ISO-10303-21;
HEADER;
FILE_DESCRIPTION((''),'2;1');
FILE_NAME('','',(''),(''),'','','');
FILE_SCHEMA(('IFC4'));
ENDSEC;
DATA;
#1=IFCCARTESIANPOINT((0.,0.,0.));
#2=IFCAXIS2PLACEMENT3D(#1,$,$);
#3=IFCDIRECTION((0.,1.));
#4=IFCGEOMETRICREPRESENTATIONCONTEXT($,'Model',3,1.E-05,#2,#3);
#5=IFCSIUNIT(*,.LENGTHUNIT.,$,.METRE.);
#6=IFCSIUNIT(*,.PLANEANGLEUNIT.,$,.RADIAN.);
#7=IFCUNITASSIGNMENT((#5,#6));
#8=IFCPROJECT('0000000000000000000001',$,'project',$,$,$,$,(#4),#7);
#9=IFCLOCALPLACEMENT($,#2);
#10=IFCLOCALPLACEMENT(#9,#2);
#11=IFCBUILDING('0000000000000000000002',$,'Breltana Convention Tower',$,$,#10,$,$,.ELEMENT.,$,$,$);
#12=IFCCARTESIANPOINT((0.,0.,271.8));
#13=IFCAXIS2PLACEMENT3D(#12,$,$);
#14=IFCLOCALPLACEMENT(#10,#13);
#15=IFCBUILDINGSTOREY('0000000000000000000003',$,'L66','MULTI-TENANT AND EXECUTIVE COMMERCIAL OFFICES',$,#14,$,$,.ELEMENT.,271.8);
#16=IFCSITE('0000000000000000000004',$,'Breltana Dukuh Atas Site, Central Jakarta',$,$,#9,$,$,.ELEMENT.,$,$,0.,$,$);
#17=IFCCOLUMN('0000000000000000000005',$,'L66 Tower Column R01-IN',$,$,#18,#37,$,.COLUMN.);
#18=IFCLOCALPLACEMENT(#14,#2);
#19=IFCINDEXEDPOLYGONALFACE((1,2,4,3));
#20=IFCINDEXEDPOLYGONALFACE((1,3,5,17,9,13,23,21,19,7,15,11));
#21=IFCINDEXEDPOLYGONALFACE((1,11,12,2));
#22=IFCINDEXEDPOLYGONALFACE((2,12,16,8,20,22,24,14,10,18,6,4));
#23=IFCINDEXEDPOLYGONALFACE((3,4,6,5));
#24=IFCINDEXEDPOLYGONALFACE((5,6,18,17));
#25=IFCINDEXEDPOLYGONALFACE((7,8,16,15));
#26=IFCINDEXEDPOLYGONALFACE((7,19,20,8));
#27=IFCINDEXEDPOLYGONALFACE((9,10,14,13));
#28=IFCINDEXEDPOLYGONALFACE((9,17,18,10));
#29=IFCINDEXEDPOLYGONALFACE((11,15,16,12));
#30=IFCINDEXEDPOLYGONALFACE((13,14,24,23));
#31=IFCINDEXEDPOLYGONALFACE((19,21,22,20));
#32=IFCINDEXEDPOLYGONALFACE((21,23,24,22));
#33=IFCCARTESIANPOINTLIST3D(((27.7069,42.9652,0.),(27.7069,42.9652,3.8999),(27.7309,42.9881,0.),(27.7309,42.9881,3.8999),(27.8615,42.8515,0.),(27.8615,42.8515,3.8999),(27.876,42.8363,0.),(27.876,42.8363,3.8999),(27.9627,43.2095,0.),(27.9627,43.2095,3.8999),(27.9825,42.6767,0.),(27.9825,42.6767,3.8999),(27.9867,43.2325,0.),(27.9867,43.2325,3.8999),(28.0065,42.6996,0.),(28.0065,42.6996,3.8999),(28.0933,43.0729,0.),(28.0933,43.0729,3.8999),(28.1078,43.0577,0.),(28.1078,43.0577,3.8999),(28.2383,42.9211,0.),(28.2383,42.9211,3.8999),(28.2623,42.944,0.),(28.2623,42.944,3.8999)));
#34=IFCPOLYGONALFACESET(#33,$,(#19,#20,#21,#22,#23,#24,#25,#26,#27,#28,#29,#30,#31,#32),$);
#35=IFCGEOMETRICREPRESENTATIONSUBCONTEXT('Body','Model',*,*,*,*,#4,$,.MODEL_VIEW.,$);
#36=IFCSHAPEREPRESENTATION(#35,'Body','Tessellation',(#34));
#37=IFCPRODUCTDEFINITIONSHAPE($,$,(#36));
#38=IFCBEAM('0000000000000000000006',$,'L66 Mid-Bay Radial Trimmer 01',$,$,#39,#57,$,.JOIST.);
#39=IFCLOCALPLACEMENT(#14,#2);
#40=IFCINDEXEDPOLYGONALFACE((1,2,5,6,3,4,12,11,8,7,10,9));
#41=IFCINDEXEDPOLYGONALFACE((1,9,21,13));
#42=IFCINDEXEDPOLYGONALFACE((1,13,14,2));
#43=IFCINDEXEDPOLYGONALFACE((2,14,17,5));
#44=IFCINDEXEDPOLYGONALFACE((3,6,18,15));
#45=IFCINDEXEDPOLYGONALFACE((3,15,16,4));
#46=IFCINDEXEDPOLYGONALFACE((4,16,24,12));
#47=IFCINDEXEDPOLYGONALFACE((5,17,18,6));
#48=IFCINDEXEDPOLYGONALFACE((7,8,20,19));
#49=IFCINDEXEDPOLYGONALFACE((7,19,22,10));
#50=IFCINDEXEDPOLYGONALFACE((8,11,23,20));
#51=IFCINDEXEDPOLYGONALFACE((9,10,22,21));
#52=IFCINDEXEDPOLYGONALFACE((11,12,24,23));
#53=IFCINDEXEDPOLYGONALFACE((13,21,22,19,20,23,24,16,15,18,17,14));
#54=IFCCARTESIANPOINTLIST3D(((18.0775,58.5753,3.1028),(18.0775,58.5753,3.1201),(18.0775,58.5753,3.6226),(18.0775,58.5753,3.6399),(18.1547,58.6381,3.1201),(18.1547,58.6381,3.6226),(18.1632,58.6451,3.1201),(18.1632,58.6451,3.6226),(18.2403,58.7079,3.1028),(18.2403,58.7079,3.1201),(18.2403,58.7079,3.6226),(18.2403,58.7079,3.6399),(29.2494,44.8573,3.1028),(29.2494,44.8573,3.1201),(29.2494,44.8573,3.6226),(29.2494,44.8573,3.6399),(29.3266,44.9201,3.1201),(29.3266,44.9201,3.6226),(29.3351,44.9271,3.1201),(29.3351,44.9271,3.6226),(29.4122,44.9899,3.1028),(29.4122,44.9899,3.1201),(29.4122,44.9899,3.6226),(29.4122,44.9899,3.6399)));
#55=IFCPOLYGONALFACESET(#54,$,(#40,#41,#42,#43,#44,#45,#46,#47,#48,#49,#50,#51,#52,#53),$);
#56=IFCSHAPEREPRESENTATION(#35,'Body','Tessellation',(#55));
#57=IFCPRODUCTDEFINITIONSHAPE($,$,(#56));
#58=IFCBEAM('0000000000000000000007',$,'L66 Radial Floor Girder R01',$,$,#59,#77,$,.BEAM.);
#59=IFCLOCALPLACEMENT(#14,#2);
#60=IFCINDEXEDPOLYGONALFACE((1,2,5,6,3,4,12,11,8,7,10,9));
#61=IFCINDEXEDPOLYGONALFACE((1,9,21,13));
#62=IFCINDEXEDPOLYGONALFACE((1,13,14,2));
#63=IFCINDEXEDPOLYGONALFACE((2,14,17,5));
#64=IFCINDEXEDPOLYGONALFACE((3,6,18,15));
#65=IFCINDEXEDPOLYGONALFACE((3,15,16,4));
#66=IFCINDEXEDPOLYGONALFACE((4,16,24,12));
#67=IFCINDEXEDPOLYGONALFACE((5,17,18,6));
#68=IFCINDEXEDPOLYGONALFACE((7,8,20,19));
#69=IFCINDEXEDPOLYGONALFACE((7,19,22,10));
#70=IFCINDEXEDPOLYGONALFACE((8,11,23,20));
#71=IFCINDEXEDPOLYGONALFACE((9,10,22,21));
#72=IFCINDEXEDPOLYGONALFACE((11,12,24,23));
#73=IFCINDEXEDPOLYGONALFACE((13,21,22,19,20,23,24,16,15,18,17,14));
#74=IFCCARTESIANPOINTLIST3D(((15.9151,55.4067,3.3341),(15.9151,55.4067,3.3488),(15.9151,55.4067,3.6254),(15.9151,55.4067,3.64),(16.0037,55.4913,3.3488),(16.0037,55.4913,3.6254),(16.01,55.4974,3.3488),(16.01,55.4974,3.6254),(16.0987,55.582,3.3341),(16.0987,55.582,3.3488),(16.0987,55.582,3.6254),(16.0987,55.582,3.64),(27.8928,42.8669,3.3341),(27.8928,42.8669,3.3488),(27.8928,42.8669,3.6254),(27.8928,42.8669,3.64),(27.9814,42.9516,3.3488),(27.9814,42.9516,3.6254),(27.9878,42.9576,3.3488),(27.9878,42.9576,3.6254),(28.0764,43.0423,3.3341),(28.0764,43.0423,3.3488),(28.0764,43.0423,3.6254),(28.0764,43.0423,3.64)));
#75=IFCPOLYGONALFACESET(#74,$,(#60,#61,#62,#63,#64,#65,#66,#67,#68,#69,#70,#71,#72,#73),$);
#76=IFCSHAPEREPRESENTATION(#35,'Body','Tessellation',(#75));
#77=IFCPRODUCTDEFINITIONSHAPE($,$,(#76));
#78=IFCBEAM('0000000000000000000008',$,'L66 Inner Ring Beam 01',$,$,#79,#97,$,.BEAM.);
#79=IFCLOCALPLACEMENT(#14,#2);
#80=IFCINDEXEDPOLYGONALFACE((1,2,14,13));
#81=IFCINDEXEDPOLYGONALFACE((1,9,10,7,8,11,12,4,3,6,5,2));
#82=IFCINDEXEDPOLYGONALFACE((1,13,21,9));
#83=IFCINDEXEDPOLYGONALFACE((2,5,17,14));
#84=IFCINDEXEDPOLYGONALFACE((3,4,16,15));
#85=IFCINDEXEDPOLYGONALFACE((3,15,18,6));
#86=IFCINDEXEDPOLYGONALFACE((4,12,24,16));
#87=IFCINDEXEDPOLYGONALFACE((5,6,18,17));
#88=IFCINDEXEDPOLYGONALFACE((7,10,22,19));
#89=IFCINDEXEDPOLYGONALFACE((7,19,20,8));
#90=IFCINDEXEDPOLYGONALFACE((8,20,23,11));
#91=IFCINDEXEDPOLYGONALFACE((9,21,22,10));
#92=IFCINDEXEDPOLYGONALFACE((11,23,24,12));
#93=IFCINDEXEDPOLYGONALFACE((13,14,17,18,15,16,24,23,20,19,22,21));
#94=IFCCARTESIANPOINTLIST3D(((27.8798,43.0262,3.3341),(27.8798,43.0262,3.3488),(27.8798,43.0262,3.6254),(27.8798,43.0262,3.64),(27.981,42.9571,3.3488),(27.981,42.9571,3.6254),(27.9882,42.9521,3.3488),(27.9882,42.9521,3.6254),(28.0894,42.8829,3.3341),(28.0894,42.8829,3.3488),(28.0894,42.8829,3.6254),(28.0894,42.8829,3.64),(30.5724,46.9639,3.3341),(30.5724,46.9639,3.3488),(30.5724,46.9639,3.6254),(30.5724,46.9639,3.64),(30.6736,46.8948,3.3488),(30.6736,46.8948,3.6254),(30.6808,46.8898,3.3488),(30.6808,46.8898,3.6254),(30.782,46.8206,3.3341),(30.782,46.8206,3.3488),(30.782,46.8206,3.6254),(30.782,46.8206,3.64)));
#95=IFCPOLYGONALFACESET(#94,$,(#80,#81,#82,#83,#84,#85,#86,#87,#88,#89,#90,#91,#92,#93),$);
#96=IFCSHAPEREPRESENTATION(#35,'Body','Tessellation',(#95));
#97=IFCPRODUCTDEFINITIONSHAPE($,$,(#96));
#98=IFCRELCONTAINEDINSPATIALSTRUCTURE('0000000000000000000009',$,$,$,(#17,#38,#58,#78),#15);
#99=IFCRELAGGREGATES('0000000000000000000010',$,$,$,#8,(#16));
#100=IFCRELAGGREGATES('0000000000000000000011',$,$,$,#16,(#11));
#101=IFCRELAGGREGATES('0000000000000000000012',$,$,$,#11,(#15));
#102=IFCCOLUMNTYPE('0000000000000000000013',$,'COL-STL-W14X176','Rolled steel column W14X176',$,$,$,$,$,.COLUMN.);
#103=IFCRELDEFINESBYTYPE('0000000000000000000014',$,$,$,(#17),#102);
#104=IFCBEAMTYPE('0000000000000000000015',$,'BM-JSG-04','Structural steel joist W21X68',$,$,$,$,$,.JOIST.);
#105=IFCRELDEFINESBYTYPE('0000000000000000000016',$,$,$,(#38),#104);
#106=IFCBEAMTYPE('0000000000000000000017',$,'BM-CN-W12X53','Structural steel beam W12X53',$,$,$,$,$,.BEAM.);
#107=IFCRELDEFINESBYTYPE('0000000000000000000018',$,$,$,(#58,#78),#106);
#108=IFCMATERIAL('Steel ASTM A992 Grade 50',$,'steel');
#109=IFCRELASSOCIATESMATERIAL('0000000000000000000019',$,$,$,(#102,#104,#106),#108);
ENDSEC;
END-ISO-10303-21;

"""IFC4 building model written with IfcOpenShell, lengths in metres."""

from ifc_helpers import new_model, si_unit, direction, frame, origin, origin_2d, place, context, subcontext, project, spatial, i_section, extrude, source, transform, mapped, material, material_profile, profile_set, type_object, type_shapes, element, save


model = new_model("IFC4")

# Units and contexts
model_context = context("Model", 3, precision=1e-05, world=origin(), true_north=direction((0.0, 1.0)))
body_context = subcontext(model_context, "Body", "Model", "MODEL_VIEW")
ifc_project = project(units=[si_unit("LENGTHUNIT", "METRE"), si_unit("PLANEANGLEUNIT", "RADIAN")], contexts=[model_context])

# Site, building, storey
site_placement = place(None, origin())
site = spatial("IfcSite", under=ifc_project, at=site_placement, Name="Breltana Dukuh Atas Site, Central Jakarta", CompositionType="ELEMENT", RefElevation=0.0)
building_placement = place(site_placement, origin())
building = spatial("IfcBuilding", under=site, at=building_placement, Name="Breltana Convention Tower", CompositionType="ELEMENT")
storey_placement = place(building_placement, frame((0.0, 0.0, 271.8)))
storey = spatial("IfcBuildingStorey", under=building, at=storey_placement, Name="L66", Description="MULTI-TENANT AND EXECUTIVE COMMERCIAL OFFICES", CompositionType="ELEMENT", Elevation=271.8)

# Column
ifc_material_1 = material(Name="Steel ASTM A992 Grade 50", Category="steel")
ifc_material_profile_1 = material_profile(ifc_material_1, i_section(OverallWidth=0.3989, OverallDepth=0.387, WebThickness=0.021, FlangeThickness=0.0332, at=origin_2d()), Name="W14X176")
ifc_profile_set_1 = profile_set([ifc_material_profile_1], Name="Steel ASTM A992 Grade 50")
column_type = type_object("IfcColumnType", Name="COL-STL-W14X176", Description="Rolled steel column W14X176", PredefinedType="COLUMN", material=ifc_profile_set_1)
shared_shape_1 = source(origin(), body_context, "Body", "SweptSolid", [
    extrude(i_section(OverallWidth=0.3989, OverallDepth=0.387, WebThickness=0.021, FlangeThickness=0.0332, at=origin_2d()), origin(), (0.0, 0.0, 1.0), 3.8999),
])
type_shapes(column_type, [shared_shape_1])
column_placement = place(storey_placement, frame((27.9846, 42.9546, 0.0), z_axis=(0.0, 0.0, 1.0), x_axis=(-0.690756, 0.723088, 0.0)))
element("IfcColumn", 1, at=column_placement, inside=storey, type_object=column_type, Name="L66 Tower Column R01-IN", PredefinedType="COLUMN", context=body_context, shape_type="MappedRepresentation", body=[
    mapped(shared_shape_1, transform((0.0, 0.0, 0.0), scale=1.0)),
])

# Beams
ifc_material_profile_2 = material_profile(ifc_material_1, i_section(OverallWidth=0.21, OverallDepth=0.5371, WebThickness=0.011, FlangeThickness=0.0173, at=origin_2d()), Name="W21X68")
ifc_profile_set_2 = profile_set([ifc_material_profile_2], Name="Steel ASTM A992 Grade 50")
beam_type_1 = type_object("IfcBeamType", Name="BM-JSG-04", Description="Structural steel joist W21X68", PredefinedType="JOIST", material=ifc_profile_set_2)
shared_shape_2 = source(origin(), body_context, "Body", "SweptSolid", [
    extrude(i_section(OverallWidth=0.21, OverallDepth=0.5371, WebThickness=0.011, FlangeThickness=0.0173, at=origin_2d()), origin(), (0.0, 0.0, 1.0), 17.6917),
])
beam_1_placement = place(storey_placement, frame((29.3308, 44.9236, 3.3713), z_axis=(-0.631477, 0.775395, 0.0), x_axis=(-0.775395, -0.631477, 0.0)))
element("IfcBeam", 2, at=beam_1_placement, inside=storey, type_object=beam_type_1, Name="L66 Mid-Bay Radial Trimmer 01", PredefinedType="JOIST", context=body_context, shape_type="MappedRepresentation", body=[
    mapped(shared_shape_2, transform((0.0, 0.0, 0.0), scale=1.0)),
])
ifc_material_profile_3 = material_profile(ifc_material_1, i_section(OverallWidth=0.2539, OverallDepth=0.3059, WebThickness=0.0088, FlangeThickness=0.0146, at=origin_2d()), Name="W12X53")
ifc_profile_set_3 = profile_set([ifc_material_profile_3], Name="Steel ASTM A992 Grade 50")
beam_type_2 = type_object("IfcBeamType", Name="BM-CN-W12X53", Description="Structural steel beam W12X53", PredefinedType="BEAM", material=ifc_profile_set_3)
shared_shape_3 = source(origin(), body_context, "Body", "SweptSolid", [
    extrude(i_section(OverallWidth=0.2539, OverallDepth=0.3059, WebThickness=0.0088, FlangeThickness=0.0146, at=origin_2d()), origin(), (0.0, 0.0, 1.0), 17.3411),
])
type_shapes(beam_type_2, [shared_shape_3])
beam_2_placement = place(storey_placement, frame((27.9846, 42.9546, 3.4871), z_axis=(-0.690716, 0.723126, 0.0), x_axis=(-0.723126, -0.690716, 0.0)))
element("IfcBeam", 3, at=beam_2_placement, inside=storey, type_object=beam_type_2, Name="L66 Radial Floor Girder R01", PredefinedType="BEAM", context=body_context, shape_type="MappedRepresentation", body=[
    mapped(shared_shape_3, transform((0.0, 0.0, 0.0), scale=1.0)),
])
shared_shape_4 = source(origin(), body_context, "Body", "SweptSolid", [
    extrude(i_section(OverallWidth=0.2539, OverallDepth=0.3059, WebThickness=0.0088, FlangeThickness=0.0146, at=origin_2d()), origin(), (0.0, 0.0, 1.0), 4.7703),
])
beam_3_placement = place(storey_placement, frame((27.9846, 42.9546, 3.4871), z_axis=(0.564453, 0.825465, 0.0), x_axis=(-0.825465, 0.564453, 0.0)))
element("IfcBeam", 4, at=beam_3_placement, inside=storey, type_object=beam_type_2, Name="L66 Inner Ring Beam 01", PredefinedType="BEAM", context=body_context, shape_type="MappedRepresentation", body=[
    mapped(shared_shape_4, transform((0.0, 0.0, 0.0), scale=1.0)),
])

save(model, "model.ifc")
